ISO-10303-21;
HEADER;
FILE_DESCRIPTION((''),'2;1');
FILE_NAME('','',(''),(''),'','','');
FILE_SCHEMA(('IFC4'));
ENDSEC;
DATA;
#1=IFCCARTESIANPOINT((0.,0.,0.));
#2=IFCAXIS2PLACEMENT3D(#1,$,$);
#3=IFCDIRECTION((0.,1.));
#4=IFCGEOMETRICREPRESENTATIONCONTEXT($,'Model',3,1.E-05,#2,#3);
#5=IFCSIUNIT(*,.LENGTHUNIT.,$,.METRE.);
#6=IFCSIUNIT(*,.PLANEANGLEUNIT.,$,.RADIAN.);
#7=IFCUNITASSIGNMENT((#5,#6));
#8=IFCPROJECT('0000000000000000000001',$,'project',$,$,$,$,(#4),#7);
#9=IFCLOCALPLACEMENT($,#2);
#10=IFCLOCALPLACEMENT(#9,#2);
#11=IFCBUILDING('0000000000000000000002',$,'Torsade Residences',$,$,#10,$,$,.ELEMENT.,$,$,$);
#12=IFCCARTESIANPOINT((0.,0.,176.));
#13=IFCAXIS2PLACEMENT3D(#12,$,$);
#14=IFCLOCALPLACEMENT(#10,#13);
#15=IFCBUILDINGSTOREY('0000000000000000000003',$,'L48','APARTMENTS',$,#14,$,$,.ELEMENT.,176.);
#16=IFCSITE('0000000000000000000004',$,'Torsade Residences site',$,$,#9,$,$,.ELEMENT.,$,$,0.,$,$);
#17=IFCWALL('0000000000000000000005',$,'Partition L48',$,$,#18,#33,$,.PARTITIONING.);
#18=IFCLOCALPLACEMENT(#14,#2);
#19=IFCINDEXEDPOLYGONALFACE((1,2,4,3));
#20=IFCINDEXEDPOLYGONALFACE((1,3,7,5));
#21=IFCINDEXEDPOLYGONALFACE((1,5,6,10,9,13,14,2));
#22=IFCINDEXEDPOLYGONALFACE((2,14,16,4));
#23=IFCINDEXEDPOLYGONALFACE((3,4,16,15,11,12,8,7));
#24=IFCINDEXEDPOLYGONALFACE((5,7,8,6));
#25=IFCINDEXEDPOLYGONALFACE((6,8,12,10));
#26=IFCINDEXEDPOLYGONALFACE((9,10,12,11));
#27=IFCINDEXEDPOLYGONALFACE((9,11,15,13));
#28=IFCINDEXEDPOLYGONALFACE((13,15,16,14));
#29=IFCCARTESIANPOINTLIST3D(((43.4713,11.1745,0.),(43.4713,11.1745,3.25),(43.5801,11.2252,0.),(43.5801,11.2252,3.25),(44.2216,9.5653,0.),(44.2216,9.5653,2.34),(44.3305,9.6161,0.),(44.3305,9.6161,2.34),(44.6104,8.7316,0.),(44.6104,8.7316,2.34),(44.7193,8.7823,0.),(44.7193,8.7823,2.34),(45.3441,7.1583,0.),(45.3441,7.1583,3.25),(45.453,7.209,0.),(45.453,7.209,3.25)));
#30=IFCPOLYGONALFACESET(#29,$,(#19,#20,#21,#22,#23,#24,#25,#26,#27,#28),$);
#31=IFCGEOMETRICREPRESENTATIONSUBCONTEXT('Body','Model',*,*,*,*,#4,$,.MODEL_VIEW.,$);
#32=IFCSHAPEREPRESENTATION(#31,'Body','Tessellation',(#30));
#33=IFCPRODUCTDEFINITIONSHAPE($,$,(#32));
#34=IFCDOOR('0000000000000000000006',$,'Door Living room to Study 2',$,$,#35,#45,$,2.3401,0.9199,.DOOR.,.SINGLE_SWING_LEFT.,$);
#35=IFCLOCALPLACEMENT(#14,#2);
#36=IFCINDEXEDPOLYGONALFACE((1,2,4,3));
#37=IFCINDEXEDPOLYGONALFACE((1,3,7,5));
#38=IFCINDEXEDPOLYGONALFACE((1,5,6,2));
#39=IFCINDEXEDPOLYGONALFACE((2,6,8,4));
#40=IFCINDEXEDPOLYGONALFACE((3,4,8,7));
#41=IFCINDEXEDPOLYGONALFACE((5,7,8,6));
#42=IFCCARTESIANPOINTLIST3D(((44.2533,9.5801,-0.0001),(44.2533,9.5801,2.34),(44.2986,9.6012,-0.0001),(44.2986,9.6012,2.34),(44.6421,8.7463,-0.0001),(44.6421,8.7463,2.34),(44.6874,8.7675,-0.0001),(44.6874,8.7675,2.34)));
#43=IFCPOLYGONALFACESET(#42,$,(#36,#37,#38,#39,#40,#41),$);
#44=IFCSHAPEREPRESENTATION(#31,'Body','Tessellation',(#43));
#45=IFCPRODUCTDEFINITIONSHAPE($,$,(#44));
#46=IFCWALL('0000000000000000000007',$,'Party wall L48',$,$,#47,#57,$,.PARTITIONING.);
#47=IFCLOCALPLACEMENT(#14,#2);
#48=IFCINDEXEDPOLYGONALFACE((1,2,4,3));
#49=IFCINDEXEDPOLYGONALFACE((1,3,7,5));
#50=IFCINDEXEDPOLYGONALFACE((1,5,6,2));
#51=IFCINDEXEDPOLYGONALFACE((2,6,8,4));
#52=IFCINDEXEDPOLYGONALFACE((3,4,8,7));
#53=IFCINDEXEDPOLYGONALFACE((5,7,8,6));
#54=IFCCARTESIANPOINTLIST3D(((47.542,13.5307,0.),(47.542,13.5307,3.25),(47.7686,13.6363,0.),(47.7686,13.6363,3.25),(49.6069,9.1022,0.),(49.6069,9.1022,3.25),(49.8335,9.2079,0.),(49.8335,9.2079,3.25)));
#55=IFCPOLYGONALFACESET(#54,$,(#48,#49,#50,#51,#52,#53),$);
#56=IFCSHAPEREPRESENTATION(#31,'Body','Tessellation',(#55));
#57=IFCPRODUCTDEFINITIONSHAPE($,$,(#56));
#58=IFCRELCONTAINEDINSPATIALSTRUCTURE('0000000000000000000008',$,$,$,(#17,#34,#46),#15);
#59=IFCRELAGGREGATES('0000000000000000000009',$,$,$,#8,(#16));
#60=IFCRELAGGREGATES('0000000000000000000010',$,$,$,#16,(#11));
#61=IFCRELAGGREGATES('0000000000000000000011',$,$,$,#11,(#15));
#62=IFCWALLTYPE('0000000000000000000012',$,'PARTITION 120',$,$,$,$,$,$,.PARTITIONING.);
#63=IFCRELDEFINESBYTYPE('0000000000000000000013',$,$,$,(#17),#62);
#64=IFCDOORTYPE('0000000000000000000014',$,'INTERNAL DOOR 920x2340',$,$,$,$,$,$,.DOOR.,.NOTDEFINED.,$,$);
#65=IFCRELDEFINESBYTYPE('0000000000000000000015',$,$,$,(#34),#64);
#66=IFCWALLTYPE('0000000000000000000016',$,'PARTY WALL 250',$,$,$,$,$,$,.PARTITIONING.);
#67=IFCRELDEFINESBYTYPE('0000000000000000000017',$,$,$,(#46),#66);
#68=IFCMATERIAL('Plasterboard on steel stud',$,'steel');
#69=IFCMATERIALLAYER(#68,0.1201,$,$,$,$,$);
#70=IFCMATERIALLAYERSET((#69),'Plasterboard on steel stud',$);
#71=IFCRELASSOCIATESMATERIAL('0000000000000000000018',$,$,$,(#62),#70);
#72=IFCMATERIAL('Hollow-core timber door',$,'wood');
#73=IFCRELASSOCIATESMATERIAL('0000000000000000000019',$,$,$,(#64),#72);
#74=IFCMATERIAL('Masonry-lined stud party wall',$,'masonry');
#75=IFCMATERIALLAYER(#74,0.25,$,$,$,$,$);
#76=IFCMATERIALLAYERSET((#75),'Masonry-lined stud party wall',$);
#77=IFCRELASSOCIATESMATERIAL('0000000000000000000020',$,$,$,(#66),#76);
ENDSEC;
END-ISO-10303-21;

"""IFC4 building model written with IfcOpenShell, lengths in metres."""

from ifc_helpers import new_model, si_unit, direction, frame, frame_2d, origin, place, context, subcontext, project, spatial, rectangle, extrude, material, layer, layer_set, type_object, element, fill, save


model = new_model("IFC4")

# Units and contexts
model_context = context("Model", 3, precision=1e-05, world=origin(), true_north=direction((0.0, 1.0)))
body_context = subcontext(model_context, "Body", "Model", "MODEL_VIEW")
ifc_project = project(units=[si_unit("LENGTHUNIT", "METRE"), si_unit("PLANEANGLEUNIT", "RADIAN")], contexts=[model_context])

# Site, building, storey
site_placement = place(None, origin())
site = spatial("IfcSite", under=ifc_project, at=site_placement, Name="Torsade Residences site", CompositionType="ELEMENT", RefElevation=0.0)
building_placement = place(site_placement, origin())
building = spatial("IfcBuilding", under=site, at=building_placement, Name="Torsade Residences", CompositionType="ELEMENT")
storey_placement = place(building_placement, frame((0.0, 0.0, 176.0)))
storey = spatial("IfcBuildingStorey", under=building, at=storey_placement, Name="L48", Description="APARTMENTS", CompositionType="ELEMENT", Elevation=176.0)

# Shared definitions
ifc_material_1 = material(Name="Plasterboard on steel stud", Category="steel")
ifc_layer_1 = layer(ifc_material_1, 0.1201)
ifc_layer_set_1 = layer_set([ifc_layer_1], Name="Plasterboard on steel stud")
wall_type_1 = type_object("IfcWallType", Name="PARTITION 120", PredefinedType="PARTITIONING", material=ifc_layer_set_1)

# Wall, opening, door
wall_1_placement = place(storey_placement, frame((43.5256, 11.2, 0.0), z_axis=(0.0, 0.0, 1.0), x_axis=(0.422629, -0.906303, 0.0)))
wall_1 = element("IfcWall", 1, at=wall_1_placement, inside=storey, type_object=wall_type_1, Name="Partition L48", PredefinedType="PARTITIONING", context=body_context, shape_type="SweptSolid", body=[
    extrude(rectangle(XDim=4.4314, YDim=0.1201, at=frame_2d((2.2158, 0.0))), origin(), (0.0, 0.0, 1.0), 3.25),
])
opening_1_placement = place(wall_1_placement, frame((1.7756, 0.0, 0.0)))
opening_1 = element("IfcOpeningElement", 2, at=opening_1_placement, cuts=wall_1, PredefinedType="OPENING", context=body_context, shape_type="SweptSolid", body=[
    extrude(rectangle(XDim=0.9199, YDim=2.3401, at=frame_2d((0.46, 1.1699))), frame((0.0, 0.0701, 0.0), z_axis=(0.0, -1.0, 0.0), x_axis=(1.0, 0.0, 0.0)), (0.0, 0.0, 1.0), 0.1401),
])
ifc_material_2 = material(Name="Hollow-core timber door", Category="wood")
door_type_1 = type_object("IfcDoorType", Name="INTERNAL DOOR 920x2340", OperationType="NOTDEFINED", PredefinedType="DOOR", material=ifc_material_2)
door_1_placement = place(opening_1_placement, origin())
door_1 = element("IfcDoor", 3, at=door_1_placement, inside=storey, type_object=door_type_1, Name="Door Living room to Study 2", OperationType="SINGLE_SWING_LEFT", OverallHeight=2.3401, OverallWidth=0.9199, PredefinedType="DOOR", context=body_context, shape_type="SweptSolid", body=[
    extrude(rectangle(XDim=0.9199, YDim=2.3401, at=frame_2d((0.46, 1.1699))), frame((0.0, 0.0249, 0.0), z_axis=(0.0, -1.0, 0.0), x_axis=(1.0, 0.0, 0.0)), (0.0, 0.0, 1.0), 0.05),
])
fill(opening_1, door_1)

# Wall
ifc_material_3 = material(Name="Masonry-lined stud party wall", Category="masonry")
ifc_layer_2 = layer(ifc_material_3, 0.25)
ifc_layer_set_2 = layer_set([ifc_layer_2], Name="Masonry-lined stud party wall")
wall_type_2 = type_object("IfcWallType", Name="PARTY WALL 250", PredefinedType="PARTITIONING", material=ifc_layer_set_2)
wall_2_placement = place(storey_placement, frame((49.7202, 9.155, 0.0), z_axis=(0.0, 0.0, 1.0), x_axis=(-0.422604, 0.906315, 0.0)))
element("IfcWall", 4, at=wall_2_placement, inside=storey, type_object=wall_type_2, Name="Party wall L48", PredefinedType="PARTITIONING", context=body_context, shape_type="SweptSolid", body=[
    extrude(rectangle(XDim=4.8862, YDim=0.25, at=frame_2d((2.4431, 0.0))), origin(), (0.0, 0.0, 1.0), 3.25),
])

save(model, "model.ifc")
